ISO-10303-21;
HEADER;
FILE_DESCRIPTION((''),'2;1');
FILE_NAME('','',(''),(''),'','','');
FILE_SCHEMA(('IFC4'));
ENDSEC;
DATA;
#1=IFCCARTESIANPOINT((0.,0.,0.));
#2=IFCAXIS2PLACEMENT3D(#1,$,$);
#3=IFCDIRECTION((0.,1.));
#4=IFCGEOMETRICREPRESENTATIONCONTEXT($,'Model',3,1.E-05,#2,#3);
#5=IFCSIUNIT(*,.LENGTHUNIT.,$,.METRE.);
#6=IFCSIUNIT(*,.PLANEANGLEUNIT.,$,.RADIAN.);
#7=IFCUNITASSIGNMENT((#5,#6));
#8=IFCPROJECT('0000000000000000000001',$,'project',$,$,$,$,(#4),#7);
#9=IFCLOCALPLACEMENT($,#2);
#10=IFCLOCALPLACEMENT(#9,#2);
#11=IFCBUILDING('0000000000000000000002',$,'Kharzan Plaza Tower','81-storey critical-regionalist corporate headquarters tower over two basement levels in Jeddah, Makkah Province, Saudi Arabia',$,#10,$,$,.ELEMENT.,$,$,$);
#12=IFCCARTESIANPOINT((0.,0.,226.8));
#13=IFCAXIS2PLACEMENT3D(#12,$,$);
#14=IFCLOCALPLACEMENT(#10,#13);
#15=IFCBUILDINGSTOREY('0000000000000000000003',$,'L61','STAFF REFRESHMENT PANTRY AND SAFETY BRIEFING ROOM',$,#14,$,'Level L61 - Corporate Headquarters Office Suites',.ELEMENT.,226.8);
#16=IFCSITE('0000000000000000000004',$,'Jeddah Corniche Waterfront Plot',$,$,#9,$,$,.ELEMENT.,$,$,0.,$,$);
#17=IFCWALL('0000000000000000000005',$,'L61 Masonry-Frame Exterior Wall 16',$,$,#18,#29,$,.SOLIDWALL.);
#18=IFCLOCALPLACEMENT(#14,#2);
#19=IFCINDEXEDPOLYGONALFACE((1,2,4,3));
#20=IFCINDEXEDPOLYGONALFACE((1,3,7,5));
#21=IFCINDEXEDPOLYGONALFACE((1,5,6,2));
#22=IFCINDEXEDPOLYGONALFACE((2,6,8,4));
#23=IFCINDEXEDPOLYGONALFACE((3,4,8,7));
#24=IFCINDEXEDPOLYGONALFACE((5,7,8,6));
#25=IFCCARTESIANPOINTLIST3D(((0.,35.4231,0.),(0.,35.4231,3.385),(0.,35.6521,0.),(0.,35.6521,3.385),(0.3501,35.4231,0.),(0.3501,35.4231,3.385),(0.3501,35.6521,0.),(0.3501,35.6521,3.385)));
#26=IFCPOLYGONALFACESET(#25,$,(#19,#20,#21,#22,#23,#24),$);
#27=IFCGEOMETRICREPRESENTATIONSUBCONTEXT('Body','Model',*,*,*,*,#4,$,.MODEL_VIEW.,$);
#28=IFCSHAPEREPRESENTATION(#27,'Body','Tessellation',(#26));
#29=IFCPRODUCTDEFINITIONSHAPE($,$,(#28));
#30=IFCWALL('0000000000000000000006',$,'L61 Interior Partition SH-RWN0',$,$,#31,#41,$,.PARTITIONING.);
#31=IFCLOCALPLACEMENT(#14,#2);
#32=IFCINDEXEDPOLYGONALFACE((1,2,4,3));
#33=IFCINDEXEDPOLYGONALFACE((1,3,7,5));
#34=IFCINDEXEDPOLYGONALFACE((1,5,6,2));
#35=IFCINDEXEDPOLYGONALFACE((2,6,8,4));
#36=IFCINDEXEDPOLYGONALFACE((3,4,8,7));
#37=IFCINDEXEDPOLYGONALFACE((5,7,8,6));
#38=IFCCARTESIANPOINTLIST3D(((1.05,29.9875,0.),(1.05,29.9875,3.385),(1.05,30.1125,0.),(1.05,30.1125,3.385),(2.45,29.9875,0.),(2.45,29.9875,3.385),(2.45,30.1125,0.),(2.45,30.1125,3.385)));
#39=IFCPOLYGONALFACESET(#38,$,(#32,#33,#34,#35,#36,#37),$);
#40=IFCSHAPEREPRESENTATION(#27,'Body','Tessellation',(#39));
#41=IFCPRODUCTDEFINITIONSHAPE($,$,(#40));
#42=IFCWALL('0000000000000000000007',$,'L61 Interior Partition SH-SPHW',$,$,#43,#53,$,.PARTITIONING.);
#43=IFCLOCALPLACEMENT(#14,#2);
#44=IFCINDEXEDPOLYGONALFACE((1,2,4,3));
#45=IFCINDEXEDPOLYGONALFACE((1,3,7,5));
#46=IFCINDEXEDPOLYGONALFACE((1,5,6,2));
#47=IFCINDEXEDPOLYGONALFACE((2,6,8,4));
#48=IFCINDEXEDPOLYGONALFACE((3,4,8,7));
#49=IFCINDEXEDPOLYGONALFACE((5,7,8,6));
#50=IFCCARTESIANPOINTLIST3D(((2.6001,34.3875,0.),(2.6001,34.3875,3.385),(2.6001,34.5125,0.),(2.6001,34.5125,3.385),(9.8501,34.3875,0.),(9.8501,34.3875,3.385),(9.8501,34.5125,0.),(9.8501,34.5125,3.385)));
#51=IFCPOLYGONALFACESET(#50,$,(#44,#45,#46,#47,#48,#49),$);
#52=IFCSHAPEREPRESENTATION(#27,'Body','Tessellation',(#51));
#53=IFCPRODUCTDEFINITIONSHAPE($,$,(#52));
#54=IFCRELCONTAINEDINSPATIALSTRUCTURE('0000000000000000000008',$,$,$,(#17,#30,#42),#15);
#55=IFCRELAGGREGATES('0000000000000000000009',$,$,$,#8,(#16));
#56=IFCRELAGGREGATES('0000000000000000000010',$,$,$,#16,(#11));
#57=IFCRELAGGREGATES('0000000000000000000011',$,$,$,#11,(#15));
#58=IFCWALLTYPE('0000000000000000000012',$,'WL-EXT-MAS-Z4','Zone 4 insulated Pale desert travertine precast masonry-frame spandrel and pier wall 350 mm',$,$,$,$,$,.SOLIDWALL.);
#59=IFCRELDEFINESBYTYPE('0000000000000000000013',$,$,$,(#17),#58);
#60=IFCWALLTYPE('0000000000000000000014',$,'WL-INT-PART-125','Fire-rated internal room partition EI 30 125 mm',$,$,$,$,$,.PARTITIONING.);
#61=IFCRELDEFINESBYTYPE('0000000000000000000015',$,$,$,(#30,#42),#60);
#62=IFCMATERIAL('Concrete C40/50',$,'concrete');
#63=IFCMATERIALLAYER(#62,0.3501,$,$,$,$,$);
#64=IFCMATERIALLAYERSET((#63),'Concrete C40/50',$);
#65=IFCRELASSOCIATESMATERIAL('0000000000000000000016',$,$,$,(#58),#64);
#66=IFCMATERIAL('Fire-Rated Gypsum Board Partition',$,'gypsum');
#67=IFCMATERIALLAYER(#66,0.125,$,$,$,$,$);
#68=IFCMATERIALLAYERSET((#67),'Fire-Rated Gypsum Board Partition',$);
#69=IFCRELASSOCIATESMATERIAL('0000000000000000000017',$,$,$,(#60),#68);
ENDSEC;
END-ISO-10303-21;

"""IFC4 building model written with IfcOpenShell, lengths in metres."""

from ifc_helpers import new_model, si_unit, direction, frame, frame_2d, origin, place, context, subcontext, project, spatial, rectangle, extrude, source, transform, mapped, material, layer, layer_set, type_object, element, save


model = new_model("IFC4")

# Units and contexts
model_context = context("Model", 3, precision=1e-05, world=origin(), true_north=direction((0.0, 1.0)))
body_context = subcontext(model_context, "Body", "Model", "MODEL_VIEW")
ifc_project = project(units=[si_unit("LENGTHUNIT", "METRE"), si_unit("PLANEANGLEUNIT", "RADIAN")], contexts=[model_context])

# Site, building, storey
site_placement = place(None, origin())
site = spatial("IfcSite", under=ifc_project, at=site_placement, Name="Jeddah Corniche Waterfront Plot", CompositionType="ELEMENT", RefElevation=0.0)
building_placement = place(site_placement, origin())
building = spatial("IfcBuilding", under=site, at=building_placement, Name="Kharzan Plaza Tower", Description="81-storey critical-regionalist corporate headquarters tower over two basement levels in Jeddah, Makkah Province, Saudi Arabia", CompositionType="ELEMENT")
storey_placement = place(building_placement, frame((0.0, 0.0, 226.8)))
storey = spatial("IfcBuildingStorey", under=building, at=storey_placement, Name="L61", Description="STAFF REFRESHMENT PANTRY AND SAFETY BRIEFING ROOM", LongName="Level L61 - Corporate Headquarters Office Suites", CompositionType="ELEMENT", Elevation=226.8)

# Shared definitions
ifc_material_1 = material(Name="Concrete C40/50", Category="concrete")
ifc_layer_1 = layer(ifc_material_1, 0.3501)
ifc_layer_set_1 = layer_set([ifc_layer_1], Name="Concrete C40/50")
wall_type_1 = type_object("IfcWallType", Name="WL-EXT-MAS-Z4", Description="Zone 4 insulated Pale desert travertine precast masonry-frame spandrel and pier wall 350 mm", PredefinedType="SOLIDWALL", material=ifc_layer_set_1)

# Shared definitions
ifc_material_2 = material(Name="Fire-Rated Gypsum Board Partition", Category="gypsum")
ifc_layer_2 = layer(ifc_material_2, 0.125)
ifc_layer_set_2 = layer_set([ifc_layer_2], Name="Fire-Rated Gypsum Board Partition")
wall_type_2 = type_object("IfcWallType", Name="WL-INT-PART-125", Description="Fire-rated internal room partition EI 30 125 mm", PredefinedType="PARTITIONING", material=ifc_layer_set_2)

# Walls
shared_shape_1 = source(origin(), body_context, "Body", "SweptSolid", [
    extrude(rectangle(XDim=0.229, YDim=0.3501, at=frame_2d((0.1145, 0.0))), origin(), (0.0, 0.0, 1.0), 3.385),
])
wall_1_placement = place(storey_placement, frame((0.175, 35.6521, 0.0), z_axis=(0.0, 0.0, 1.0), x_axis=(0.0, -1.0, 0.0)))
element("IfcWall", 1, at=wall_1_placement, inside=storey, type_object=wall_type_1, Name="L61 Masonry-Frame Exterior Wall 16", PredefinedType="SOLIDWALL", context=body_context, shape_type="MappedRepresentation", body=[
    mapped(shared_shape_1, transform((0.0, 0.0, 0.0), x_axis=(1.0, 0.0, 0.0), y_axis=(0.0, 1.0, 0.0), z_axis=(0.0, 0.0, 1.0))),
])
shared_shape_2 = source(origin(), body_context, "Body", "SweptSolid", [
    extrude(rectangle(XDim=1.3999, YDim=0.125, at=frame_2d((0.7, 0.0))), origin(), (0.0, 0.0, 1.0), 3.385),
])
wall_2_placement = place(storey_placement, frame((1.05, 30.05, 0.0), z_axis=(0.0, 0.0, 1.0), x_axis=(1.0, 0.0, 0.0)))
element("IfcWall", 2, at=wall_2_placement, inside=storey, type_object=wall_type_2, Name="L61 Interior Partition SH-RWN0", PredefinedType="PARTITIONING", context=body_context, shape_type="MappedRepresentation", body=[
    mapped(shared_shape_2, transform((0.0, 0.0, 0.0), x_axis=(1.0, 0.0, 0.0), y_axis=(0.0, 1.0, 0.0), z_axis=(0.0, 0.0, 1.0))),
])
shared_shape_3 = source(origin(), body_context, "Body", "SweptSolid", [
    extrude(rectangle(XDim=7.25, YDim=0.125, at=frame_2d((3.625, 0.0))), origin(), (0.0, 0.0, 1.0), 3.385),
])
wall_3_placement = place(storey_placement, frame((2.6001, 34.45, 0.0), z_axis=(0.0, 0.0, 1.0), x_axis=(1.0, 0.0, 0.0)))
element("IfcWall", 3, at=wall_3_placement, inside=storey, type_object=wall_type_2, Name="L61 Interior Partition SH-SPHW", PredefinedType="PARTITIONING", context=body_context, shape_type="MappedRepresentation", body=[
    mapped(shared_shape_3, transform((0.0, 0.0, 0.0), x_axis=(1.0, 0.0, 0.0), y_axis=(0.0, 1.0, 0.0), z_axis=(0.0, 0.0, 1.0))),
])

save(model, "model.ifc")
